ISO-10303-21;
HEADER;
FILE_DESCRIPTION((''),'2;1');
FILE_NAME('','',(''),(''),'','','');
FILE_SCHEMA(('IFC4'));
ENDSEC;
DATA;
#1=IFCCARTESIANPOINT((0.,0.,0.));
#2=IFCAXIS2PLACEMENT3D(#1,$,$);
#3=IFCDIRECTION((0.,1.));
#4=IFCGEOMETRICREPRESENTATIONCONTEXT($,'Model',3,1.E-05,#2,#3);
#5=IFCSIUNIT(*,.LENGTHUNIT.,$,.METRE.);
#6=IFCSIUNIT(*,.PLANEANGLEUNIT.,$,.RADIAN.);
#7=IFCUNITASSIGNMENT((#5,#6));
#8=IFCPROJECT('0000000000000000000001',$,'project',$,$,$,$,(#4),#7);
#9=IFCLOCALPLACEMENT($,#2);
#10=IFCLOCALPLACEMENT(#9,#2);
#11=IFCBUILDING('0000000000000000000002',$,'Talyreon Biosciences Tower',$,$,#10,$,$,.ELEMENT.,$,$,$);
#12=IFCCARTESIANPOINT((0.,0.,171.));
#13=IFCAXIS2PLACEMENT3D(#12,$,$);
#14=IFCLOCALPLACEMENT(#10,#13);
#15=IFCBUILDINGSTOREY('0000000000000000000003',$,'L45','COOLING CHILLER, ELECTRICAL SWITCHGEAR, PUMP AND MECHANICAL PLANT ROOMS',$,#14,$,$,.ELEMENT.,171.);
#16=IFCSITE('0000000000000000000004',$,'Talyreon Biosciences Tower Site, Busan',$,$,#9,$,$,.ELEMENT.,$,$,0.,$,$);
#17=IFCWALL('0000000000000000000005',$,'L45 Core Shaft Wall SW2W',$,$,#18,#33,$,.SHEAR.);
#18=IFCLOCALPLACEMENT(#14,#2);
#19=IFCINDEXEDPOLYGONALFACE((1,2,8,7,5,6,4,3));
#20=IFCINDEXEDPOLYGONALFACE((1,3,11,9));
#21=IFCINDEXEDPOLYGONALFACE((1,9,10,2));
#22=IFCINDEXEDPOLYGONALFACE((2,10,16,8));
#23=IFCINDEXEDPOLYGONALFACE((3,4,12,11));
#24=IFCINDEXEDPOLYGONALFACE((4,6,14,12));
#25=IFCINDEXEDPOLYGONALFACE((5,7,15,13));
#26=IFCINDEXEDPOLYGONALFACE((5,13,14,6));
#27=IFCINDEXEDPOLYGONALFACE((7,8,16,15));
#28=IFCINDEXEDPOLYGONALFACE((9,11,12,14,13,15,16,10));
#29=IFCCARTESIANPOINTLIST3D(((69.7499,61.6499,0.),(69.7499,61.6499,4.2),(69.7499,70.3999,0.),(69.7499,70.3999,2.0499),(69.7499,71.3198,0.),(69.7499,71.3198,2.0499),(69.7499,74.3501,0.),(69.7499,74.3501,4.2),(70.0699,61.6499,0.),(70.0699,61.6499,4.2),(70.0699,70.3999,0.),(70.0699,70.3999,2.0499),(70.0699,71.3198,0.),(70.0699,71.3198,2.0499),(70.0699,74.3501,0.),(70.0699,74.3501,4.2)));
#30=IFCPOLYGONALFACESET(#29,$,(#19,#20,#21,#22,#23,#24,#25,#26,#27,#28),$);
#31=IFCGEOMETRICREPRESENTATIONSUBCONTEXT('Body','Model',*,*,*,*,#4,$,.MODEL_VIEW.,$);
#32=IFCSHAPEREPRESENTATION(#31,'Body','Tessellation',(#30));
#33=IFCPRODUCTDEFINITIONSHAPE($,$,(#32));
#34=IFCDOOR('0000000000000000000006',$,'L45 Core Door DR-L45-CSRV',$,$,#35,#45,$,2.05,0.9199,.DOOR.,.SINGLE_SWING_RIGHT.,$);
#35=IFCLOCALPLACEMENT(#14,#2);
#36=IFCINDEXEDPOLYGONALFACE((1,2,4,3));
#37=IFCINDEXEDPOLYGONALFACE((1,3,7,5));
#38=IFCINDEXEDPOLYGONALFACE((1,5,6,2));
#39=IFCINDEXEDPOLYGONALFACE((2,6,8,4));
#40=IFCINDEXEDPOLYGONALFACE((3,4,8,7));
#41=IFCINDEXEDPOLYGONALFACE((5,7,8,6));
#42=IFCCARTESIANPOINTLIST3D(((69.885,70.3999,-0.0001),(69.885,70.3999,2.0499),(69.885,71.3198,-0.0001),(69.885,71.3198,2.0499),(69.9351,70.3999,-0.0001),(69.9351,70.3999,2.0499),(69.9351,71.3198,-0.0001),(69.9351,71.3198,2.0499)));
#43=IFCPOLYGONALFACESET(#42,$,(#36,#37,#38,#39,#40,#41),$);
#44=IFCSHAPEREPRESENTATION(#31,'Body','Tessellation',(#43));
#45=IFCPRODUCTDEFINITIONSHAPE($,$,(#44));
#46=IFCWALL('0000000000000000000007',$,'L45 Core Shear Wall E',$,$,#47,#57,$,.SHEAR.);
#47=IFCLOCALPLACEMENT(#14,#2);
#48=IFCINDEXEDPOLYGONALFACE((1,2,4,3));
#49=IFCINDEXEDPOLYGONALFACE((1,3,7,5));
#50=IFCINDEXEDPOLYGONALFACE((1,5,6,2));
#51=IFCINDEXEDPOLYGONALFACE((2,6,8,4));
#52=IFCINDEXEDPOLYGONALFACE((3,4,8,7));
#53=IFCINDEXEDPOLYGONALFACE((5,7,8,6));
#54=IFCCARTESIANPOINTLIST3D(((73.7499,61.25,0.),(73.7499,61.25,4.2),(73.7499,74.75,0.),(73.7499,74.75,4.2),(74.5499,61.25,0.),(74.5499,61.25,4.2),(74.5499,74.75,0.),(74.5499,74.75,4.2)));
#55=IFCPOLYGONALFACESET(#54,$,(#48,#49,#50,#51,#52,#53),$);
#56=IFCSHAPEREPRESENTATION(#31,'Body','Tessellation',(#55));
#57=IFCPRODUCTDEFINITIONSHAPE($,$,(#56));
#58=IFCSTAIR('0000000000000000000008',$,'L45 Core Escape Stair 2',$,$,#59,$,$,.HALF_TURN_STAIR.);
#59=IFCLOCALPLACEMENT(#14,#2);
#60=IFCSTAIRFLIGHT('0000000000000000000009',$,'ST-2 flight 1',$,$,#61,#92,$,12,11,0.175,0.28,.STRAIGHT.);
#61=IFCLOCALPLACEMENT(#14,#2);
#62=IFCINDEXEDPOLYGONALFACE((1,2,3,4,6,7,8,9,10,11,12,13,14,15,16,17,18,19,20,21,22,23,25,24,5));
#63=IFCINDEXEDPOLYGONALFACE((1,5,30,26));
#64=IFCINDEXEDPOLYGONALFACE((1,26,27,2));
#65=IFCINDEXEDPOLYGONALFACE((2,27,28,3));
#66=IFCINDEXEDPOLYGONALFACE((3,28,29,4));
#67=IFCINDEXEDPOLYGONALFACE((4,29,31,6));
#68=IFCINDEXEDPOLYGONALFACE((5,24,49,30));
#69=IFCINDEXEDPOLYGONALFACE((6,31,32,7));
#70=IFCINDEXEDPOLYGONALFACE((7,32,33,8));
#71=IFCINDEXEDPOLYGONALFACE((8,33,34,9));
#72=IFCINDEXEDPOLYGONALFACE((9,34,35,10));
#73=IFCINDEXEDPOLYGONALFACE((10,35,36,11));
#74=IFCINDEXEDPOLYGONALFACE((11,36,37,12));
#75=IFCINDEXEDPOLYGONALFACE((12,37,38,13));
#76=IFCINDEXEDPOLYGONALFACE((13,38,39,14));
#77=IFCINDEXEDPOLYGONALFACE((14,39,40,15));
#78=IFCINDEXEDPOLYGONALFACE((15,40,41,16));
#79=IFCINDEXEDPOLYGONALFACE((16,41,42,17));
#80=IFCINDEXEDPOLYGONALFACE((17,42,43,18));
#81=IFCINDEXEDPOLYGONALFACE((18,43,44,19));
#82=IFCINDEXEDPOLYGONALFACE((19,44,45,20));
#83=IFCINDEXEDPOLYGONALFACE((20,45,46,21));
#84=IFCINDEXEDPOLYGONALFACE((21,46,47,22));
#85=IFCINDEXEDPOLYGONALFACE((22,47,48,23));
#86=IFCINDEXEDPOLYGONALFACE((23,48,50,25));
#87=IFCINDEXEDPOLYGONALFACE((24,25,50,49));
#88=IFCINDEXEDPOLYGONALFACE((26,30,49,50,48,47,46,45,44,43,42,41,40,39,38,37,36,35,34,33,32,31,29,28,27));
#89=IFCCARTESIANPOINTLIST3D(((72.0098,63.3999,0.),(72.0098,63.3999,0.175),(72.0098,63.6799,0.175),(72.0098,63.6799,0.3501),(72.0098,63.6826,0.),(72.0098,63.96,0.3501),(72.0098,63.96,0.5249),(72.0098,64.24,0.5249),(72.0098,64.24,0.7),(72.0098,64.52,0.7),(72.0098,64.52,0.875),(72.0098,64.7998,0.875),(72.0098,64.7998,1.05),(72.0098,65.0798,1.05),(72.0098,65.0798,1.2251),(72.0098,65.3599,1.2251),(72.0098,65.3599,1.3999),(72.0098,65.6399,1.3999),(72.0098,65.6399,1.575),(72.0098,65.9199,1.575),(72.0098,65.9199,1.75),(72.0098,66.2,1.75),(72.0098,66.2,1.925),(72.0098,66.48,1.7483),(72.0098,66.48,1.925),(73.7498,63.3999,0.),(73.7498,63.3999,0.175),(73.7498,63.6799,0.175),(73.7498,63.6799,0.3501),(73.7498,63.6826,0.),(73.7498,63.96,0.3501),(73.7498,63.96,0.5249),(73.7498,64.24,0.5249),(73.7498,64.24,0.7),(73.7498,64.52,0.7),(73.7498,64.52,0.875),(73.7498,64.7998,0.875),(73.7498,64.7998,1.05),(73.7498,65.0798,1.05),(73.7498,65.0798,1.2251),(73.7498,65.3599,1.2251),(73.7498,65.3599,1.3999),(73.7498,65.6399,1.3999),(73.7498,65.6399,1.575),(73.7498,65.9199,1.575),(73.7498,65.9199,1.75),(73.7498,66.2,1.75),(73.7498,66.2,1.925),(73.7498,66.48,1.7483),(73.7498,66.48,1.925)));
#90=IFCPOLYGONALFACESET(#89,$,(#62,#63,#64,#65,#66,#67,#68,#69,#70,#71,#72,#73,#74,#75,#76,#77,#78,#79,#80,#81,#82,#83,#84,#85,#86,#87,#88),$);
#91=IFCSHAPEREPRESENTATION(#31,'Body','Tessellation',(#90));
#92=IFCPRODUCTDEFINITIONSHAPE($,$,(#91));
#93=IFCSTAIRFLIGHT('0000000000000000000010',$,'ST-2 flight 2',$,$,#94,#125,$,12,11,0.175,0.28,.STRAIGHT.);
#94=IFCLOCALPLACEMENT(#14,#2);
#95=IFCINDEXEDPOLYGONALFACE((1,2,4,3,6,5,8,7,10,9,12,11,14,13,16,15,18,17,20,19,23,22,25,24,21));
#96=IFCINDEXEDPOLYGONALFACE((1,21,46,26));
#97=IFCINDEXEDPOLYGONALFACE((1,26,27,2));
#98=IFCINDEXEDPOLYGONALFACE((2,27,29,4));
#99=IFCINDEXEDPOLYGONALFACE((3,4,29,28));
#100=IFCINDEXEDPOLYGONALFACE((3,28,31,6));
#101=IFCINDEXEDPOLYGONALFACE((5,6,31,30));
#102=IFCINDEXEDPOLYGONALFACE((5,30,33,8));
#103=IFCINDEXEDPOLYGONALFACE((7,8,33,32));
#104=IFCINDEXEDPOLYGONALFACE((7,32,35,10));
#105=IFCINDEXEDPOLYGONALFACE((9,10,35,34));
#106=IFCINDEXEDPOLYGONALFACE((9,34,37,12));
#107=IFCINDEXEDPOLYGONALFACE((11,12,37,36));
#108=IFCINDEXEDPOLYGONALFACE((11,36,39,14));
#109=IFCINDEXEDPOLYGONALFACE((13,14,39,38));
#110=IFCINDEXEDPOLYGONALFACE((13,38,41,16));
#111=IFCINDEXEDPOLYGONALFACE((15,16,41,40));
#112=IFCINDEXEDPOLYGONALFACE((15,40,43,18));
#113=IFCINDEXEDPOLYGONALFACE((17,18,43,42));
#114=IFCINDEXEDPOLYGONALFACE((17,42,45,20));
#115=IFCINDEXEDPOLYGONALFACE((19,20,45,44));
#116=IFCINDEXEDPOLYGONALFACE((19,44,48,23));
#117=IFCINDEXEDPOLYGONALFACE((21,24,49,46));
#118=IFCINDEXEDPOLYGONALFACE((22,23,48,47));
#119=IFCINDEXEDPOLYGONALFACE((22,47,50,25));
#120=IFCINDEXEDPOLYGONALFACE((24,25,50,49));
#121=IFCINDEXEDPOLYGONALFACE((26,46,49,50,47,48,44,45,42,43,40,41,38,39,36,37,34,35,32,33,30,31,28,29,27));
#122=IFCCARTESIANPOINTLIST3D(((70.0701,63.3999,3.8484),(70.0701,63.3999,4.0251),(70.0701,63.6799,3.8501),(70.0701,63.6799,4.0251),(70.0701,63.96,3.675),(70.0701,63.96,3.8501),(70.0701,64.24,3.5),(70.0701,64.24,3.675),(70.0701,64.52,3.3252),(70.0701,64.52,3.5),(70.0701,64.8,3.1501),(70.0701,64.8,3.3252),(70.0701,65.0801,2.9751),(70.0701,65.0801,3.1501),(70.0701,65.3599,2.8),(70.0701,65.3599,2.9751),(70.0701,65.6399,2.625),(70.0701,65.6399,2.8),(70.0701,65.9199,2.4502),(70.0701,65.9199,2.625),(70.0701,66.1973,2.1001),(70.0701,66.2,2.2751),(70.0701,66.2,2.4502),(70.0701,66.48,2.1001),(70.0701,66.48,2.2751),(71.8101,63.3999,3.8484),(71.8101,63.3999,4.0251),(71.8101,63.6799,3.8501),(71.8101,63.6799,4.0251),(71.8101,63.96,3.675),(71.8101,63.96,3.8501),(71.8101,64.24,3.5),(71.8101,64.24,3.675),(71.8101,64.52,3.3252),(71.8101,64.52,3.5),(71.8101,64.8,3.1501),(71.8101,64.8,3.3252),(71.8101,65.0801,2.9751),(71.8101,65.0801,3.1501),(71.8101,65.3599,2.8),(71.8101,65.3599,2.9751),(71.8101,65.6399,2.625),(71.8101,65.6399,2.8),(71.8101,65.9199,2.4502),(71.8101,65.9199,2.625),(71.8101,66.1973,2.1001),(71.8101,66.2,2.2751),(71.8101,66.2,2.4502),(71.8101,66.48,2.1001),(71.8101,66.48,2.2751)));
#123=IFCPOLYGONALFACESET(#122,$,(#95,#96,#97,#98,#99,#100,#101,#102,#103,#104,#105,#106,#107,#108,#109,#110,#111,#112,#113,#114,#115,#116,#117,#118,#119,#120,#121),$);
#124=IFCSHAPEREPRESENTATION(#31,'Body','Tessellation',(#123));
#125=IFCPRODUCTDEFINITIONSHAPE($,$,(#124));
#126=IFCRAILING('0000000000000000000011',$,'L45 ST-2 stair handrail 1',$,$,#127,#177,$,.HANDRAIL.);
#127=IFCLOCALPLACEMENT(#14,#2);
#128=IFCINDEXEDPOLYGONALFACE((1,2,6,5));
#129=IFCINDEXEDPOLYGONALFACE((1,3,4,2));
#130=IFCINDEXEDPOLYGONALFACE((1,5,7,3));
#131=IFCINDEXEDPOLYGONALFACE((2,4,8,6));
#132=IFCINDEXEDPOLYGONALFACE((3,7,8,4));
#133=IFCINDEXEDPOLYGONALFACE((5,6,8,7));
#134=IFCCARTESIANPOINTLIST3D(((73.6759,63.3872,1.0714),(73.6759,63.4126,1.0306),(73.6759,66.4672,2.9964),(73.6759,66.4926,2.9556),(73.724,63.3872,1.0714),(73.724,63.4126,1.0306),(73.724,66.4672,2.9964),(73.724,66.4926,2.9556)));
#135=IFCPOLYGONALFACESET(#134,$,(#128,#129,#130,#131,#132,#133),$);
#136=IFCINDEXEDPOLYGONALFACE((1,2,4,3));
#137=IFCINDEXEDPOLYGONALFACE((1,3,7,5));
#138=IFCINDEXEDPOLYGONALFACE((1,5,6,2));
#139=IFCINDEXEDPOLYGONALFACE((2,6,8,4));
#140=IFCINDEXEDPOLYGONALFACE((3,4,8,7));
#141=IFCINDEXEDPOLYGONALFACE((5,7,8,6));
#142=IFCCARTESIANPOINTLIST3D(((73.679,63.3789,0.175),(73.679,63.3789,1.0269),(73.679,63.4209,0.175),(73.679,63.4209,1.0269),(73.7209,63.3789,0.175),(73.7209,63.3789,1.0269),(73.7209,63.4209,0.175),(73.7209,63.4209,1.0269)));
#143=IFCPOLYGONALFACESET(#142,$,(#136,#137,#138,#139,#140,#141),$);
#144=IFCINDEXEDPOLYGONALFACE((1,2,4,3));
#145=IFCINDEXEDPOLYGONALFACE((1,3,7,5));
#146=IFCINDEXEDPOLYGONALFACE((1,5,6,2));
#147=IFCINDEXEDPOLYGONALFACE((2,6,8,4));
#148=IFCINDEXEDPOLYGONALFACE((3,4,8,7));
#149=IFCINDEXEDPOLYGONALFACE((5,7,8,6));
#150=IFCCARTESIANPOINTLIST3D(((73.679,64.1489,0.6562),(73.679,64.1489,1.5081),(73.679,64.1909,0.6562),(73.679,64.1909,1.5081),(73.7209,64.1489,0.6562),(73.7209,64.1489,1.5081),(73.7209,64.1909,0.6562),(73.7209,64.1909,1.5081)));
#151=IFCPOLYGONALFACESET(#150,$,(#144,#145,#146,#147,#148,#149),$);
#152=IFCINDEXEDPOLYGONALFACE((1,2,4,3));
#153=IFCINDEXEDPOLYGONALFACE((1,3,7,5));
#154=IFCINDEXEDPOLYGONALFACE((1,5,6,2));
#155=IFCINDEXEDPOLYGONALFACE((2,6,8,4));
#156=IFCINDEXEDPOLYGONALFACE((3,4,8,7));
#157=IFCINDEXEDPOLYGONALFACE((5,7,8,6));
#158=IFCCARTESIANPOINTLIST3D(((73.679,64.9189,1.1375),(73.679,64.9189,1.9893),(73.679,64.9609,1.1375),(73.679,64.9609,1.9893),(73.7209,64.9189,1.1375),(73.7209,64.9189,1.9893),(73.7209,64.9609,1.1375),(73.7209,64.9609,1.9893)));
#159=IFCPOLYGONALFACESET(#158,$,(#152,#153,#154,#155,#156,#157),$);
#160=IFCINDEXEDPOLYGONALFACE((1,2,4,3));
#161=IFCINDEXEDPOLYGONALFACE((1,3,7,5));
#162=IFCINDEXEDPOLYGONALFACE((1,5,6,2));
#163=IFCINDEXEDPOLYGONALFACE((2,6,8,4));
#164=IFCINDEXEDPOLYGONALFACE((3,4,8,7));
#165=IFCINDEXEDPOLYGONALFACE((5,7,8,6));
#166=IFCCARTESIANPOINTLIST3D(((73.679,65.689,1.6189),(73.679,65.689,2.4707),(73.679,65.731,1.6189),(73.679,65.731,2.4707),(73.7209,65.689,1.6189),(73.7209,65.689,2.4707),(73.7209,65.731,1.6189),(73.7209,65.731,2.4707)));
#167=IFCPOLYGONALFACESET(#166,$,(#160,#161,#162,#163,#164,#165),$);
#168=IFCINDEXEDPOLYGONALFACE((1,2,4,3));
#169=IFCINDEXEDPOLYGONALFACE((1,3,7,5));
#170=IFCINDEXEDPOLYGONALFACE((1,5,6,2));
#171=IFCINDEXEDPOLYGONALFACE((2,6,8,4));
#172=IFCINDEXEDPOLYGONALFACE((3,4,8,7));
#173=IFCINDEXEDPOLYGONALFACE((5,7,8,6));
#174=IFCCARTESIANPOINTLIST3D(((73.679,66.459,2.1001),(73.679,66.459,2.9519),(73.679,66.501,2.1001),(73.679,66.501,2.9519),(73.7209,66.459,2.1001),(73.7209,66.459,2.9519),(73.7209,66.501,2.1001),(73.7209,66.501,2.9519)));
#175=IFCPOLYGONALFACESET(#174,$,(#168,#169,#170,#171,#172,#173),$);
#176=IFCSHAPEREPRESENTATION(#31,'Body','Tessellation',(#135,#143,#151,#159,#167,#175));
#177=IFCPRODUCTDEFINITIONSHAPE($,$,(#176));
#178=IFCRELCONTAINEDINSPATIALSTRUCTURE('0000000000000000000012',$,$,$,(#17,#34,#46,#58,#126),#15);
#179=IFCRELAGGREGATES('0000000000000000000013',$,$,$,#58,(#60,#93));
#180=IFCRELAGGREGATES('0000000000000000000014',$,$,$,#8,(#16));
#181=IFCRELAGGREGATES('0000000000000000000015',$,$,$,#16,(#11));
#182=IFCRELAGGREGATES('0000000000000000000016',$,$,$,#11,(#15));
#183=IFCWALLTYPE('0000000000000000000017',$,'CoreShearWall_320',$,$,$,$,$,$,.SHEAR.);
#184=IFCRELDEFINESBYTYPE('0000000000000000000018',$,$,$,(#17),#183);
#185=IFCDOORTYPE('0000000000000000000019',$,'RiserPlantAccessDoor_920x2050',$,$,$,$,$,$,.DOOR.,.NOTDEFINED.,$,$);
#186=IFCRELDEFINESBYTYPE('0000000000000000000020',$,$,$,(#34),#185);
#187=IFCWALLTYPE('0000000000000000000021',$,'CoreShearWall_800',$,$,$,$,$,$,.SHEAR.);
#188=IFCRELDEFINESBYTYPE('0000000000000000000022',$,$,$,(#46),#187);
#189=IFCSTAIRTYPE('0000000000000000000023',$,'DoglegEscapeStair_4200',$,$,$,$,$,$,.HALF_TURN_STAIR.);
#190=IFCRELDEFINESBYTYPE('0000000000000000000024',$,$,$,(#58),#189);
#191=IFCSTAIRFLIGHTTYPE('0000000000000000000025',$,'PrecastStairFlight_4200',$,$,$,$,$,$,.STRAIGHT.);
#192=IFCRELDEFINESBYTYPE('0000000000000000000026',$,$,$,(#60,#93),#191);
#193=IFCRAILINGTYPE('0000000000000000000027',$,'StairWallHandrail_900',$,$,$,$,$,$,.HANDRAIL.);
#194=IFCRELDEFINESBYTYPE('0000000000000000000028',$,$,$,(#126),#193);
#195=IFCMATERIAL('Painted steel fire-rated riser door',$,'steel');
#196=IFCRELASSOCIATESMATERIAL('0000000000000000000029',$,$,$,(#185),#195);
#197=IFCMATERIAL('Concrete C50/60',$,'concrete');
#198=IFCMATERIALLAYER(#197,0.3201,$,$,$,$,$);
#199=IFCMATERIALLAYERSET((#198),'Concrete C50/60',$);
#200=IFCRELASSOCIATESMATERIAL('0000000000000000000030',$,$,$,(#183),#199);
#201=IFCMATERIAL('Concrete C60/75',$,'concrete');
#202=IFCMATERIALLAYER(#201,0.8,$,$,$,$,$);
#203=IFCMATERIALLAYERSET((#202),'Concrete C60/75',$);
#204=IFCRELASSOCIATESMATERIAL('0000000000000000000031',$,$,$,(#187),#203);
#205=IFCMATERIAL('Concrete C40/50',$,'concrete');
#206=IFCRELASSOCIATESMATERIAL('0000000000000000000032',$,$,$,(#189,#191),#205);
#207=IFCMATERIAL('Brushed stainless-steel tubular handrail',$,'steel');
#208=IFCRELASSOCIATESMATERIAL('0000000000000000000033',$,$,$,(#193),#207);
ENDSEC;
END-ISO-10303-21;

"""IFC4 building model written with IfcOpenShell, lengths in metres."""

from ifc_helpers import new_model, si_unit, direction, frame, frame_2d, origin, origin_2d, place, context, subcontext, project, spatial, polyline, rectangle, outline, extrude, material, layer, layer_set, type_object, element, fill, aggregate, save


model = new_model("IFC4")

# Units and contexts
model_context = context("Model", 3, precision=1e-05, world=origin(), true_north=direction((0.0, 1.0)))
body_context = subcontext(model_context, "Body", "Model", "MODEL_VIEW")
ifc_project = project(units=[si_unit("LENGTHUNIT", "METRE"), si_unit("PLANEANGLEUNIT", "RADIAN")], contexts=[model_context])

# Site, building, storey
site_placement = place(None, origin())
site = spatial("IfcSite", under=ifc_project, at=site_placement, Name="Talyreon Biosciences Tower Site, Busan", CompositionType="ELEMENT", RefElevation=0.0)
building_placement = place(site_placement, origin())
building = spatial("IfcBuilding", under=site, at=building_placement, Name="Talyreon Biosciences Tower", CompositionType="ELEMENT")
storey_placement = place(building_placement, frame((0.0, 0.0, 171.0)))
storey = spatial("IfcBuildingStorey", under=building, at=storey_placement, Name="L45", Description="COOLING CHILLER, ELECTRICAL SWITCHGEAR, PUMP AND MECHANICAL PLANT ROOMS", CompositionType="ELEMENT", Elevation=171.0)

# Shared definitions
ifc_material_1 = material(Name="Concrete C50/60", Category="concrete")

# Shared definitions
ifc_material_2 = material(Name="Painted steel fire-rated riser door", Category="steel")
door_type = type_object("IfcDoorType", Name="RiserPlantAccessDoor_920x2050", OperationType="NOTDEFINED", PredefinedType="DOOR", material=ifc_material_2)

# Wall, opening, door
ifc_layer_1 = layer(ifc_material_1, 0.3201)
ifc_layer_set_1 = layer_set([ifc_layer_1], Name="Concrete C50/60")
wall_type_1 = type_object("IfcWallType", Name="CoreShearWall_320", PredefinedType="SHEAR", material=ifc_layer_set_1)
wall_1_placement = place(storey_placement, frame((69.9099, 61.6499, 0.0), z_axis=(0.0, 0.0, 1.0), x_axis=(0.0, 1.0, 0.0)))
wall_1 = element("IfcWall", 1, at=wall_1_placement, inside=storey, type_object=wall_type_1, Name="L45 Core Shaft Wall SW2W", PredefinedType="SHEAR", context=body_context, shape_type="SweptSolid", body=[
    extrude(rectangle(XDim=12.7002, YDim=0.3201, at=frame_2d((6.3501, 0.0))), origin(), (0.0, 0.0, 1.0), 4.2),
])
opening_1_placement = place(wall_1_placement, frame((8.75, 0.0, 0.0)))
opening_1 = element("IfcOpeningElement", 2, at=opening_1_placement, cuts=wall_1, PredefinedType="OPENING", context=body_context, shape_type="SweptSolid", body=[
    extrude(rectangle(XDim=0.9199, YDim=2.05, at=frame_2d((0.46, 1.0249))), frame((0.0, 0.1699, 0.0), z_axis=(0.0, -1.0, 0.0), x_axis=(1.0, 0.0, 0.0)), (0.0, 0.0, 1.0), 0.3401),
])
door_1_placement = place(opening_1_placement, origin())
door_1 = element("IfcDoor", 3, at=door_1_placement, inside=storey, type_object=door_type, Name="L45 Core Door DR-L45-CSRV", OperationType="SINGLE_SWING_RIGHT", OverallHeight=2.05, OverallWidth=0.9199, PredefinedType="DOOR", context=body_context, shape_type="SweptSolid", body=[
    extrude(rectangle(XDim=0.9199, YDim=2.05, at=frame_2d((0.46, 1.0249))), frame((0.0, 0.0249, 0.0), z_axis=(0.0, -1.0, 0.0), x_axis=(1.0, 0.0, 0.0)), (0.0, 0.0, 1.0), 0.05),
])
fill(opening_1, door_1)

# Wall
ifc_material_3 = material(Name="Concrete C60/75", Category="concrete")
ifc_layer_2 = layer(ifc_material_3, 0.8)
ifc_layer_set_2 = layer_set([ifc_layer_2], Name="Concrete C60/75")
wall_type_2 = type_object("IfcWallType", Name="CoreShearWall_800", PredefinedType="SHEAR", material=ifc_layer_set_2)
wall_2_placement = place(storey_placement, frame((74.1499, 61.25, 0.0), z_axis=(0.0, 0.0, 1.0), x_axis=(0.0, 1.0, 0.0)))
element("IfcWall", 4, at=wall_2_placement, inside=storey, type_object=wall_type_2, Name="L45 Core Shear Wall E", PredefinedType="SHEAR", context=body_context, shape_type="SweptSolid", body=[
    extrude(rectangle(XDim=13.5, YDim=0.8, at=frame_2d((6.75, 0.0))), origin(), (0.0, 0.0, 1.0), 4.2),
])

# Stair, stair flights
ifc_material_4 = material(Name="Concrete C40/50", Category="concrete")
stair_type = type_object("IfcStairType", Name="DoglegEscapeStair_4200", PredefinedType="HALF_TURN_STAIR", material=ifc_material_4)
stair_placement = place(storey_placement, origin())
stair = element("IfcStair", 5, at=stair_placement, inside=storey, type_object=stair_type, Name="L45 Core Escape Stair 2", PredefinedType="HALF_TURN_STAIR")
stair_flight_type = type_object("IfcStairFlightType", Name="PrecastStairFlight_4200", PredefinedType="STRAIGHT", material=ifc_material_4)
stair_flight_1_placement = place(storey_placement, frame((72.8799, 63.3999, 0.0), z_axis=(0.0, 0.0, 1.0), x_axis=(0.0, 1.0, 0.0)))
stair_flight_1 = element("IfcStairFlight", 6, at=stair_flight_1_placement, type_object=stair_flight_type, Name="ST-2 flight 1", NumberOfRisers=12, NumberOfTreads=11, PredefinedType="STRAIGHT", RiserHeight=0.175, TreadLength=0.28, context=body_context, shape_type="SweptSolid", body=[
    extrude(outline(polyline([(0.0, 0.0), (0.0, 0.175), (0.28, 0.175), (0.28, 0.3501), (0.5601, 0.3501), (0.5601, 0.5249), (0.8401, 0.5249), (0.8401, 0.7), (1.1201, 0.7), (1.1201, 0.875), (1.3999, 0.875), (1.3999, 1.05), (1.6799, 1.05), (1.6799, 1.2251), (1.96, 1.2251), (1.96, 1.3999), (2.24, 1.3999), (2.24, 1.575), (2.52, 1.575), (2.52, 1.75), (2.8, 1.75), (2.8, 1.925), (3.0801, 1.925), (3.0801, 2.1001), (3.0801, 1.7483), (0.2827, 0.0), (0.0, 0.0)])), frame((0.0, 0.8701, 0.0), z_axis=(0.0, -1.0, 0.0), x_axis=(1.0, 0.0, 0.0)), (0.0, 0.0, 1.0), 1.74),
])
stair_flight_2_placement = place(storey_placement, frame((70.9399, 66.48, 2.1001), z_axis=(0.0, 0.0, 1.0), x_axis=(0.0, -1.0, 0.0)))
stair_flight_2 = element("IfcStairFlight", 7, at=stair_flight_2_placement, type_object=stair_flight_type, Name="ST-2 flight 2", NumberOfRisers=12, NumberOfTreads=11, PredefinedType="STRAIGHT", RiserHeight=0.175, TreadLength=0.28, context=body_context, shape_type="SweptSolid", body=[
    extrude(outline(polyline([(0.0, 0.0), (0.0, 0.175), (0.28, 0.175), (0.28, 0.3501), (0.5601, 0.3501), (0.5601, 0.5249), (0.8401, 0.5249), (0.8401, 0.7), (1.1201, 0.7), (1.1201, 0.875), (1.3999, 0.875), (1.3999, 1.05), (1.6799, 1.05), (1.6799, 1.2251), (1.96, 1.2251), (1.96, 1.3999), (2.24, 1.3999), (2.24, 1.575), (2.52, 1.575), (2.52, 1.75), (2.8, 1.75), (2.8, 1.925), (3.0801, 1.925), (3.0801, 2.1001), (3.0801, 1.7483), (0.2827, 0.0), (0.0, 0.0)])), frame((0.0, 0.8701, 0.0), z_axis=(0.0, -1.0, 0.0), x_axis=(1.0, 0.0, 0.0)), (0.0, 0.0, 1.0), 1.74),
])
aggregate(stair, [stair_flight_1, stair_flight_2])

# Railing
ifc_material_5 = material(Name="Brushed stainless-steel tubular handrail", Category="steel")
railing_type_1 = type_object("IfcRailingType", Name="StairWallHandrail_900", PredefinedType="HANDRAIL", material=ifc_material_5)
railing_1_placement = place(storey_placement, frame((73.7, 63.3999, 0.175)))
element("IfcRailing", 8, at=railing_1_placement, inside=storey, type_object=railing_type_1, Name="L45 ST-2 stair handrail 1", PredefinedType="HANDRAIL", context=body_context, shape_type="SweptSolid", body=[
    extrude(rectangle(XDim=0.0481, YDim=0.0481, at=origin_2d()), frame((0.0, 0.0, 0.876), z_axis=(0.0, 0.847998, 0.529999), x_axis=(-1.0, 0.0, 0.0)), (0.0, 0.0, 1.0), 3.6321),
    extrude(rectangle(XDim=0.042, YDim=0.042, at=origin_2d()), origin(), (0.0, 0.0, 1.0), 0.8518),
    extrude(rectangle(XDim=0.042, YDim=0.042, at=origin_2d()), frame((0.0, 0.77, 0.4812)), (0.0, 0.0, 1.0), 0.8518),
    extrude(rectangle(XDim=0.042, YDim=0.042, at=origin_2d()), frame((0.0, 1.54, 0.9624)), (0.0, 0.0, 1.0), 0.8518),
    extrude(rectangle(XDim=0.042, YDim=0.042, at=origin_2d()), frame((0.0, 2.3101, 1.4438)), (0.0, 0.0, 1.0), 0.8518),
    extrude(rectangle(XDim=0.042, YDim=0.042, at=origin_2d()), frame((0.0, 3.0801, 1.925)), (0.0, 0.0, 1.0), 0.8518),
])

save(model, "model.ifc")
